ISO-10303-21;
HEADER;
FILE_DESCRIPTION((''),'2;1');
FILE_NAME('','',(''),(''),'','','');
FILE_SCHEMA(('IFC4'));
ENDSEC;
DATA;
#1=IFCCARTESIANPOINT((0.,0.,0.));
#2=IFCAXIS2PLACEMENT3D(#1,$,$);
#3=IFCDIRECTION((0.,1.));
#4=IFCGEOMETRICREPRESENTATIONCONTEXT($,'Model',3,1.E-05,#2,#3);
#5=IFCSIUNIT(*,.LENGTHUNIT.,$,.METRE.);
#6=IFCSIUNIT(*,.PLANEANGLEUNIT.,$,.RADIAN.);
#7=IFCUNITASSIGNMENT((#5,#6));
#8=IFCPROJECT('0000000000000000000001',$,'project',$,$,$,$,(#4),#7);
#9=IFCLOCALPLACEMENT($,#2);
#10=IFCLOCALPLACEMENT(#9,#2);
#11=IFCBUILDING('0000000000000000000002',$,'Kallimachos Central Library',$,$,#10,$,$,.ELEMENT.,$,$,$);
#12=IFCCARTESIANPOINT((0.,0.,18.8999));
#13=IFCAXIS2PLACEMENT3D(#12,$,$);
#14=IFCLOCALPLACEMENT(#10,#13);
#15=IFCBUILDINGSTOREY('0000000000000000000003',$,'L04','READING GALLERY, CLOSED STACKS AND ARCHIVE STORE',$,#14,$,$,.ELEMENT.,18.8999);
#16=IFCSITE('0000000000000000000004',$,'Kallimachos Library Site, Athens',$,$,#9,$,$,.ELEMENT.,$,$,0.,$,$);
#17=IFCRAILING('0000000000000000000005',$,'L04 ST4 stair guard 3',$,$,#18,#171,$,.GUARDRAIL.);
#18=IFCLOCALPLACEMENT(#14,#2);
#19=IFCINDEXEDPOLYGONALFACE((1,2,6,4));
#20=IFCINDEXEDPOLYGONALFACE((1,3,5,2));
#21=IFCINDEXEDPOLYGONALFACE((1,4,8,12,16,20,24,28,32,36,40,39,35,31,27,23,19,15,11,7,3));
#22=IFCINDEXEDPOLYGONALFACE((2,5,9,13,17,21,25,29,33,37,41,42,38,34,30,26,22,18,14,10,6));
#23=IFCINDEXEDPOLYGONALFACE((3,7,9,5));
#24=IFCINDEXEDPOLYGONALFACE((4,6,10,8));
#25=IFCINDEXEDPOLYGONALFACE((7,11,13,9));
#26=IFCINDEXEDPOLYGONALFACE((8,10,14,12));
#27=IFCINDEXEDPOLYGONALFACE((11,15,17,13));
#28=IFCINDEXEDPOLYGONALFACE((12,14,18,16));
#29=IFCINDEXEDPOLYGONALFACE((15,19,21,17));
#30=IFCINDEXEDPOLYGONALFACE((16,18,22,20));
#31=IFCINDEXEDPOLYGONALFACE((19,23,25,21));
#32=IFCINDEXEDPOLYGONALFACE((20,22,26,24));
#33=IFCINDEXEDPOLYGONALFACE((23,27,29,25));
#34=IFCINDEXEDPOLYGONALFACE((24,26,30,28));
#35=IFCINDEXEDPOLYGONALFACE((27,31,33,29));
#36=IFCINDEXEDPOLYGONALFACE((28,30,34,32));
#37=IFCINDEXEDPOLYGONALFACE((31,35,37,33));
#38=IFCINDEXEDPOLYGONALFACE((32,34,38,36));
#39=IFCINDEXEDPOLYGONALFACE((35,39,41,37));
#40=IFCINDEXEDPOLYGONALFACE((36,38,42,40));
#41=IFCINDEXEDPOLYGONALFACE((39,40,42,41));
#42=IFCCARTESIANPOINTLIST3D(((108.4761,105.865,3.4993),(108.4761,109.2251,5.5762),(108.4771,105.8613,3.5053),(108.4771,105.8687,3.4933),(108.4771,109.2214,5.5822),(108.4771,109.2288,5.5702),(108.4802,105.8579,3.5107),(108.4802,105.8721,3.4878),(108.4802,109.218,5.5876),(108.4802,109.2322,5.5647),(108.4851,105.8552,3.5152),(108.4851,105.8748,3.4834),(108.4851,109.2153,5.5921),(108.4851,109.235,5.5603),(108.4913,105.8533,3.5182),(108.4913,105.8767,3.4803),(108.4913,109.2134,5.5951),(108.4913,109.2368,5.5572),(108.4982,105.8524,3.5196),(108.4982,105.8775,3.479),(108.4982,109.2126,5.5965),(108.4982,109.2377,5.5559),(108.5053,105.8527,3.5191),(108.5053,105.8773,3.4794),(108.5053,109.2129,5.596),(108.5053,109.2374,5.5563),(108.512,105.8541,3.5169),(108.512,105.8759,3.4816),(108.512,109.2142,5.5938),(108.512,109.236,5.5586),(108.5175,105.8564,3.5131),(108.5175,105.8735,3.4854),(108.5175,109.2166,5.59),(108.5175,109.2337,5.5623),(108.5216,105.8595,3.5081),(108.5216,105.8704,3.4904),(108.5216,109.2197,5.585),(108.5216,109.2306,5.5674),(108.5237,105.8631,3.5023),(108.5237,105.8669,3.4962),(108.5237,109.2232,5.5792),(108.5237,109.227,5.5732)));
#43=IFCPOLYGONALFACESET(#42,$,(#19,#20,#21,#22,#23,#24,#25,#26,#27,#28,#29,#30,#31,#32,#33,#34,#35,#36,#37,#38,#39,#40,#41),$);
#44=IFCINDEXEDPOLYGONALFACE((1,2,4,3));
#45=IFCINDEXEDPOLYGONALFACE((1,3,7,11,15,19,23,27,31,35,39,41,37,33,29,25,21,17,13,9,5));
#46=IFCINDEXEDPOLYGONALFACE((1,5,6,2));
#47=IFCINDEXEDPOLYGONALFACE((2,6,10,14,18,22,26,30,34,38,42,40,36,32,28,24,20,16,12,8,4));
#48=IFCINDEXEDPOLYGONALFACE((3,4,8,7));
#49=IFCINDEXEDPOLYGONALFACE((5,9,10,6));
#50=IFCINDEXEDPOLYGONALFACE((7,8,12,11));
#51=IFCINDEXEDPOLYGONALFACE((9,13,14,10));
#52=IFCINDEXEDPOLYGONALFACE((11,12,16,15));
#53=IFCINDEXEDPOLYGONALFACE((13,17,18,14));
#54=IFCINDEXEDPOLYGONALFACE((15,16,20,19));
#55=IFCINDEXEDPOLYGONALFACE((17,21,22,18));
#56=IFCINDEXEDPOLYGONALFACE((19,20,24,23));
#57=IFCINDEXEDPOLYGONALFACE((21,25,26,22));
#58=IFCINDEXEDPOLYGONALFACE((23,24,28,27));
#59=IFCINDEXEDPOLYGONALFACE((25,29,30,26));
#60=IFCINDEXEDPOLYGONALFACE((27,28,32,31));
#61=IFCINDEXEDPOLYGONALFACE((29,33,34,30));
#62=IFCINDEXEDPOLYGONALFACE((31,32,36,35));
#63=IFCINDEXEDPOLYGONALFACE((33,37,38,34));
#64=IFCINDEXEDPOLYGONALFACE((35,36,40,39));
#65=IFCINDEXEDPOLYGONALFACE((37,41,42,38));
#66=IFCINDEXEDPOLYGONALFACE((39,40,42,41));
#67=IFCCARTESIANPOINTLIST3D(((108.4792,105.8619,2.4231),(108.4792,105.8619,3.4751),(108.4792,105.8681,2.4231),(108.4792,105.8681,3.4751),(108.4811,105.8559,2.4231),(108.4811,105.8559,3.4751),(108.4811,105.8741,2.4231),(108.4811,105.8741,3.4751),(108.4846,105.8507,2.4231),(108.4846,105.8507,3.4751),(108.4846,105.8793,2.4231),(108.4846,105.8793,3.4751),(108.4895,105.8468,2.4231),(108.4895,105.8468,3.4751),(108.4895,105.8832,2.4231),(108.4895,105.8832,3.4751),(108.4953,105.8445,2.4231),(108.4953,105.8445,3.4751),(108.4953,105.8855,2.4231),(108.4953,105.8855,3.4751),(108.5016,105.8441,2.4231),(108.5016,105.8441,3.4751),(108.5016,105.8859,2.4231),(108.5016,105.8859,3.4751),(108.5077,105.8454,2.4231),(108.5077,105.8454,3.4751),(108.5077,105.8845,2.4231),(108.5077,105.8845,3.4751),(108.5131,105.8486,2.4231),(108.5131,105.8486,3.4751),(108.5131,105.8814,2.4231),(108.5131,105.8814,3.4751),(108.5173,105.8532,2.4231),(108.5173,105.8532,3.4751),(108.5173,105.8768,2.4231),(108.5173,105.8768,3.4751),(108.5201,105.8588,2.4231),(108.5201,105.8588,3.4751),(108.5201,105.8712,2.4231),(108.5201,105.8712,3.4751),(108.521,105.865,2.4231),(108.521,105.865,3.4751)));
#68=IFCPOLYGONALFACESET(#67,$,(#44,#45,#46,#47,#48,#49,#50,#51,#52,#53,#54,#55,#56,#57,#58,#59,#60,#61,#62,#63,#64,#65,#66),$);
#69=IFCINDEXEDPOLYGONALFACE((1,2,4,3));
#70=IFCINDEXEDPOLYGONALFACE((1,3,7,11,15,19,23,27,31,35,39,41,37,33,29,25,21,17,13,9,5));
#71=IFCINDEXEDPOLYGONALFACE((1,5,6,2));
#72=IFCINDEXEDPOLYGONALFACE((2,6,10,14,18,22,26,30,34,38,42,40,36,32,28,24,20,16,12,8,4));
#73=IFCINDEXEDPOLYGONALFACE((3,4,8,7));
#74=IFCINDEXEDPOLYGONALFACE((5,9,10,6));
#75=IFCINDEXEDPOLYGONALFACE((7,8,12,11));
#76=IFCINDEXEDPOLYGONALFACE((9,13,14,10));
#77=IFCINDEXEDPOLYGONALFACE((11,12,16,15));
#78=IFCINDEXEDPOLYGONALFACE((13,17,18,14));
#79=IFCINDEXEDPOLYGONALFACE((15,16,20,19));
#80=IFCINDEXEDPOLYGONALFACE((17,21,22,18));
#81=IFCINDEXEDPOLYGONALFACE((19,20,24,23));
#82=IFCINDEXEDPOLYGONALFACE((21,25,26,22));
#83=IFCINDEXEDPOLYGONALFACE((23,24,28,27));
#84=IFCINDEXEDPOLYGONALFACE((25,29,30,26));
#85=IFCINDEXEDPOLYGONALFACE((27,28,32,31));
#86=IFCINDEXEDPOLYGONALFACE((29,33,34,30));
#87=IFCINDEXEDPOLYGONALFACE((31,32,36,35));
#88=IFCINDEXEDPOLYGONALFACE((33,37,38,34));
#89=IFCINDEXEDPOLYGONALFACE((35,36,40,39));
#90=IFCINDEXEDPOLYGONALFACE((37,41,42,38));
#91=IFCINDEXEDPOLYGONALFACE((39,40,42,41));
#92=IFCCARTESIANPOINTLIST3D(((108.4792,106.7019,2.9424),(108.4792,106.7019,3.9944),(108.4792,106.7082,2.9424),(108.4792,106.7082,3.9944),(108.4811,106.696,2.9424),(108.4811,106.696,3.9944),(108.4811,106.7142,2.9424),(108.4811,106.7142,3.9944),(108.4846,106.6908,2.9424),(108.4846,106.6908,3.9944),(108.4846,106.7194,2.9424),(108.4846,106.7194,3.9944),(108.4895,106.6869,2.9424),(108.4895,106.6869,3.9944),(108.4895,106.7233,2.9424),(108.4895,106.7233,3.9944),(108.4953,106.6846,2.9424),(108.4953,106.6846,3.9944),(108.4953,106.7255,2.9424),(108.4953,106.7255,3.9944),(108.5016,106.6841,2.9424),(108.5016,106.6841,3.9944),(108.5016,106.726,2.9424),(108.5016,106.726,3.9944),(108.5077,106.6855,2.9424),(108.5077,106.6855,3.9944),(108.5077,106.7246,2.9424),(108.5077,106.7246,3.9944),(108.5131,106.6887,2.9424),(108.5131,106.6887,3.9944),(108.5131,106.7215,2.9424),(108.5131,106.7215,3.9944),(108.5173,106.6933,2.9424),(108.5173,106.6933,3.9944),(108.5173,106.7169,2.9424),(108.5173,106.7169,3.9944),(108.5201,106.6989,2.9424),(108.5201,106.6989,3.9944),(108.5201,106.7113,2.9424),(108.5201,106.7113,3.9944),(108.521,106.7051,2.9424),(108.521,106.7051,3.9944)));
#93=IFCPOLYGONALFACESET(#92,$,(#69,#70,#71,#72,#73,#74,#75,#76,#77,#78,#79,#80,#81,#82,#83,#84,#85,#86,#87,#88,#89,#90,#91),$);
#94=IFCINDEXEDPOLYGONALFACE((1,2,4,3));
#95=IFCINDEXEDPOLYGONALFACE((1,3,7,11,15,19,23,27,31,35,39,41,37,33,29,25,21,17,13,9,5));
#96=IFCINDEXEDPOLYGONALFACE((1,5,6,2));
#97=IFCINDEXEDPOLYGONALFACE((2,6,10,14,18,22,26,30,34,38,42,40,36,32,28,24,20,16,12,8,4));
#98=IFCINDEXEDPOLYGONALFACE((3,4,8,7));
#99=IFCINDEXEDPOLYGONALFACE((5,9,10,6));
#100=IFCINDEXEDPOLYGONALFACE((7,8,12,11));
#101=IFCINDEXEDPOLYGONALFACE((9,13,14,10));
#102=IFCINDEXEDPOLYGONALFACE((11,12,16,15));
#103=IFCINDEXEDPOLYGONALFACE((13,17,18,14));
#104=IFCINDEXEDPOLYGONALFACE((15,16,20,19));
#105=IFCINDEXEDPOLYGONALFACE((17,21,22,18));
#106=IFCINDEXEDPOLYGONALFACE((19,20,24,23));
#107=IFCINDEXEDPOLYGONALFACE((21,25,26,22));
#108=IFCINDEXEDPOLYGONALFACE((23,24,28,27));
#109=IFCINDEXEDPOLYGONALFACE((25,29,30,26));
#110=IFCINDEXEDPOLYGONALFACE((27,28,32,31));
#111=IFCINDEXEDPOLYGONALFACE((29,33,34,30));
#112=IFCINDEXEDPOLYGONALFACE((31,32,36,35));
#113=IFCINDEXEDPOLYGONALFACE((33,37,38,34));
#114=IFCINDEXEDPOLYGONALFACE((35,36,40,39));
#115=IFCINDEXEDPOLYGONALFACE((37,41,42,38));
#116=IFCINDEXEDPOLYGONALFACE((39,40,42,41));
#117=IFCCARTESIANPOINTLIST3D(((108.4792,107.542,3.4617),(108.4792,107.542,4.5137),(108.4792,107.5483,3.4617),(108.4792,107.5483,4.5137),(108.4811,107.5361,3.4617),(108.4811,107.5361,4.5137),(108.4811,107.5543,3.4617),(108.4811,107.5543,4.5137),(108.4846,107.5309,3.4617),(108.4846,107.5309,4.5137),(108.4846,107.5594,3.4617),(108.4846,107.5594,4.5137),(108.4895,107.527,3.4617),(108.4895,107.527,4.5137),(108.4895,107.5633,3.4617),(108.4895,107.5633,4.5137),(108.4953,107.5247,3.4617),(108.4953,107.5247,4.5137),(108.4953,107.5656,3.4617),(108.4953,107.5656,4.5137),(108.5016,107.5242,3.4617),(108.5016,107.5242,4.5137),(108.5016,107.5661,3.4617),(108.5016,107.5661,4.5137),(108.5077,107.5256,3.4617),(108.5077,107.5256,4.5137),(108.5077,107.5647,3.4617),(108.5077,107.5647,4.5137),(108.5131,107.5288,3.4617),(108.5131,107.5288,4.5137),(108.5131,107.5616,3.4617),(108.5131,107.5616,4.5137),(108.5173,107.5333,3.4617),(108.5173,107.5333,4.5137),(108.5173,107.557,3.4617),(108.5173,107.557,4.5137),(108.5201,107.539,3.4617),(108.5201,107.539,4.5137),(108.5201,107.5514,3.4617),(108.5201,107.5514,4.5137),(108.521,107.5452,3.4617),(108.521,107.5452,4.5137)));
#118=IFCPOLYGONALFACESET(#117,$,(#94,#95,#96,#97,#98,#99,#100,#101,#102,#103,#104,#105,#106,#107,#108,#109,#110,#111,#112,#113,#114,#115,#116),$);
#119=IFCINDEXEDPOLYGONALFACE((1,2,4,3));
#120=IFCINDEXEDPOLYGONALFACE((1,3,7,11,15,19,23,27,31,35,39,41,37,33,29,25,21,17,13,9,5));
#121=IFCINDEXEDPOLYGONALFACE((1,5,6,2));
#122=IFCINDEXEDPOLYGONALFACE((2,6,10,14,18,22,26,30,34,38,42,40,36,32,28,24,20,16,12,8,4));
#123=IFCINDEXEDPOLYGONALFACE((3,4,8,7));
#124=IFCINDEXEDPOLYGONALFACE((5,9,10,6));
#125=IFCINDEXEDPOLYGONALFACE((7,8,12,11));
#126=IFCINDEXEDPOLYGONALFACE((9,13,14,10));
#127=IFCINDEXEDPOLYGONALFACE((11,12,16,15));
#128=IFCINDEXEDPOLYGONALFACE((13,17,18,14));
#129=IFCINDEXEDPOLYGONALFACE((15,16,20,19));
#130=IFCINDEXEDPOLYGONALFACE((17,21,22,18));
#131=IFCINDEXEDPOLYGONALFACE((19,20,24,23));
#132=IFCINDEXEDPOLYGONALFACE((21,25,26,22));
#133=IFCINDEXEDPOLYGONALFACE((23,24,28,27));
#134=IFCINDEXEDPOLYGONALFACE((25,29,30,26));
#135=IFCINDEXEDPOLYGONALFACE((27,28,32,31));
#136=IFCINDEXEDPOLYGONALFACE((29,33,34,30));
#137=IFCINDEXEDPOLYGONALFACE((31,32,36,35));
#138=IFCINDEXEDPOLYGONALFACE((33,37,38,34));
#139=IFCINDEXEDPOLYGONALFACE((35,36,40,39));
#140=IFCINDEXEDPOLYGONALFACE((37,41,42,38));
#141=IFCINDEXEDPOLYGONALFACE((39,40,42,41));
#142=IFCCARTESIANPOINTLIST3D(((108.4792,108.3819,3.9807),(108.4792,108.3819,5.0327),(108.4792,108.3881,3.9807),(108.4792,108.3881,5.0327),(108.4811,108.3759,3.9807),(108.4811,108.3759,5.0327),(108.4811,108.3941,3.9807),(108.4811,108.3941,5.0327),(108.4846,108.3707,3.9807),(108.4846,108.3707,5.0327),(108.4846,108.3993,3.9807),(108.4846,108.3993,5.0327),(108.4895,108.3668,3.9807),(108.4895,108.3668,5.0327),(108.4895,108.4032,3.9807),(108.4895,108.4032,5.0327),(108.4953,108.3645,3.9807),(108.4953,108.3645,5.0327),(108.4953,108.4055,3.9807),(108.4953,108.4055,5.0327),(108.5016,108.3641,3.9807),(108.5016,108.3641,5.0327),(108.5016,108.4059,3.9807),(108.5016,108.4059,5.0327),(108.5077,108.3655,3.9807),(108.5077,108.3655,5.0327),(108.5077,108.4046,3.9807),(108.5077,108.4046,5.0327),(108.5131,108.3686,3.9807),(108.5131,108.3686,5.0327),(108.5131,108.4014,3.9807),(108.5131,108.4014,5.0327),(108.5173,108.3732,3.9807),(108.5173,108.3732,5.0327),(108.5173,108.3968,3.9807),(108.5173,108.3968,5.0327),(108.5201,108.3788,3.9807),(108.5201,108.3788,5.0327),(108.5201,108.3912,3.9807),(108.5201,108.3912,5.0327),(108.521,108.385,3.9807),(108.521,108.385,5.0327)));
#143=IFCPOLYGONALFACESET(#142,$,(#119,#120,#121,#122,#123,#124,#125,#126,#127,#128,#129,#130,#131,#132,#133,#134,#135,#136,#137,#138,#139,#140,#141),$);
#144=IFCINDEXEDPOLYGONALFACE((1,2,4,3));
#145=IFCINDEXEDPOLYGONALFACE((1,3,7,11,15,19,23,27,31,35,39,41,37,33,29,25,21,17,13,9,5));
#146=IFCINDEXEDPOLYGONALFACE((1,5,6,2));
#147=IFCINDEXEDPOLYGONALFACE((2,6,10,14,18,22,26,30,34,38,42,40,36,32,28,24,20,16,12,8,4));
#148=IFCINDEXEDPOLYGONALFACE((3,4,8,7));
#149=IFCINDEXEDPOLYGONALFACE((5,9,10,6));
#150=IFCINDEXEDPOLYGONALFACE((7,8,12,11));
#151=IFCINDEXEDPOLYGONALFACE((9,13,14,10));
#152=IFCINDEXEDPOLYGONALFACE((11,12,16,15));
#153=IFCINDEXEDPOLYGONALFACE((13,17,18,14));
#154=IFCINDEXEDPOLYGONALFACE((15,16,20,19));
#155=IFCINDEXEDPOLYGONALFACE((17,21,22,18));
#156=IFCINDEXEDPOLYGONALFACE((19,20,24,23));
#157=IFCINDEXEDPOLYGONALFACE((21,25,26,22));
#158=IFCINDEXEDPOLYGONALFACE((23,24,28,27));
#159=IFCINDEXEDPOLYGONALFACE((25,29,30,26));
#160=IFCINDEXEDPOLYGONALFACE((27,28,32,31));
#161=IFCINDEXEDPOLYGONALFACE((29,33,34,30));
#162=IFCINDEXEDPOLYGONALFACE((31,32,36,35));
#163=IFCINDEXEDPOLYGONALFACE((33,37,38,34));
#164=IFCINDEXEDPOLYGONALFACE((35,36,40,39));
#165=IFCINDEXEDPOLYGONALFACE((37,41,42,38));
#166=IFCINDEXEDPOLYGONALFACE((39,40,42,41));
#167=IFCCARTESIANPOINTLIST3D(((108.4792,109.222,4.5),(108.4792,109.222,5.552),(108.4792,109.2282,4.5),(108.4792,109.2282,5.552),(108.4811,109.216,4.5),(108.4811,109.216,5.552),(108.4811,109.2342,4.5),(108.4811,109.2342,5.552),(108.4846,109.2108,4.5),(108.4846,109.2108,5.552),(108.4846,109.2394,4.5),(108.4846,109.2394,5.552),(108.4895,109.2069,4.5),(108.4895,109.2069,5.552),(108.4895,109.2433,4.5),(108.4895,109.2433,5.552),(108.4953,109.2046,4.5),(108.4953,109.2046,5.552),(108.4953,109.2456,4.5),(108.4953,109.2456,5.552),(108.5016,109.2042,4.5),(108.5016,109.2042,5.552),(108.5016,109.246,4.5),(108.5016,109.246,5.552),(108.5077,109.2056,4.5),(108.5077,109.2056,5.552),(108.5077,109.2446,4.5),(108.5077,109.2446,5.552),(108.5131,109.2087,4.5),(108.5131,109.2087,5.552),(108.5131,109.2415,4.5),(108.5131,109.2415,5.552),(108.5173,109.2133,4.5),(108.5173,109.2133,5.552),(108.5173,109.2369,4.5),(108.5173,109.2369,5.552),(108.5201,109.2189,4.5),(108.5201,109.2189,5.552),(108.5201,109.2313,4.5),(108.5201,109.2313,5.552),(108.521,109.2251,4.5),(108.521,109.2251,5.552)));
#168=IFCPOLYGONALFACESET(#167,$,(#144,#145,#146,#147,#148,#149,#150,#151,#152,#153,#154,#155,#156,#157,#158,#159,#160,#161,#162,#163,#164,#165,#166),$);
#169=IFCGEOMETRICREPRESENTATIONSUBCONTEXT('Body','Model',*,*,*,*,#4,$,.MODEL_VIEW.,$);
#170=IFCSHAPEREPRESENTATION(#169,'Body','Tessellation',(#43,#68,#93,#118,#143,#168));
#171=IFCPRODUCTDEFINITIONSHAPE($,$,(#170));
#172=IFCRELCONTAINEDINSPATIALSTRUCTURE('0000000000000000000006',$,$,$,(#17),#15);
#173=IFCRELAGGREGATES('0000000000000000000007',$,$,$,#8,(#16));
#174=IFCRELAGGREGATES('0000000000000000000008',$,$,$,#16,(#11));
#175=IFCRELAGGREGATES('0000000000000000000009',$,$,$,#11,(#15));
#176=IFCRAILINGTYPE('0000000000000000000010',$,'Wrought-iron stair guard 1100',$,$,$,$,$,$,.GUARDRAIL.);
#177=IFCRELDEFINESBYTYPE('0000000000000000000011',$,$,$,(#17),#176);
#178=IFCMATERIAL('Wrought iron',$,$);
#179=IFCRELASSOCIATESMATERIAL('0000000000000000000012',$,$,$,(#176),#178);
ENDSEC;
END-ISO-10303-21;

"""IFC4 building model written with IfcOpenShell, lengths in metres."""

from ifc_helpers import new_model, si_unit, direction, frame, origin, origin_2d, place, context, subcontext, project, spatial, circle, extrude, material, type_object, element, save


model = new_model("IFC4")

# Units and contexts
model_context = context("Model", 3, precision=1e-05, world=origin(), true_north=direction((0.0, 1.0)))
body_context = subcontext(model_context, "Body", "Model", "MODEL_VIEW")
ifc_project = project(units=[si_unit("LENGTHUNIT", "METRE"), si_unit("PLANEANGLEUNIT", "RADIAN")], contexts=[model_context])

# Site, building, storey
site_placement = place(None, origin())
site = spatial("IfcSite", under=ifc_project, at=site_placement, Name="Kallimachos Library Site, Athens", CompositionType="ELEMENT", RefElevation=0.0)
building_placement = place(site_placement, origin())
building = spatial("IfcBuilding", under=site, at=building_placement, Name="Kallimachos Central Library", CompositionType="ELEMENT")
storey_placement = place(building_placement, frame((0.0, 0.0, 18.8999)))
storey = spatial("IfcBuildingStorey", under=building, at=storey_placement, Name="L04", Description="READING GALLERY, CLOSED STACKS AND ARCHIVE STORE", CompositionType="ELEMENT", Elevation=18.8999)

# Railing
ifc_material_1 = material(Name="Wrought iron")
railing_type_1 = type_object("IfcRailingType", Name="Wrought-iron stair guard 1100", PredefinedType="GUARDRAIL", material=ifc_material_1)
railing_1_placement = place(storey_placement, frame((108.5, 105.865, 2.4231)))
element("IfcRailing", 1, at=railing_1_placement, inside=storey, type_object=railing_type_1, Name="L04 ST4 stair guard 3", PredefinedType="GUARDRAIL", context=body_context, shape_type="SweptSolid", body=[
    extrude(circle(Radius=0.0239, at=origin_2d()), frame((0.0, 0.0, 1.0762), z_axis=(0.0, 0.850623, 0.525776), x_axis=(-1.0, 0.0, 0.0)), (0.0, 0.0, 1.0), 3.9502),
    extrude(circle(Radius=0.021, at=origin_2d()), origin(), (0.0, 0.0, 1.0), 1.052),
    extrude(circle(Radius=0.021, at=origin_2d()), frame((0.0, 0.8401, 0.5193)), (0.0, 0.0, 1.0), 1.052),
    extrude(circle(Radius=0.021, at=origin_2d()), frame((0.0, 1.6802, 1.0386)), (0.0, 0.0, 1.0), 1.052),
    extrude(circle(Radius=0.021, at=origin_2d()), frame((0.0, 2.52, 1.5576)), (0.0, 0.0, 1.0), 1.052),
    extrude(circle(Radius=0.021, at=origin_2d()), frame((0.0, 3.3601, 2.0769)), (0.0, 0.0, 1.0), 1.052),
])

save(model, "model.ifc")
